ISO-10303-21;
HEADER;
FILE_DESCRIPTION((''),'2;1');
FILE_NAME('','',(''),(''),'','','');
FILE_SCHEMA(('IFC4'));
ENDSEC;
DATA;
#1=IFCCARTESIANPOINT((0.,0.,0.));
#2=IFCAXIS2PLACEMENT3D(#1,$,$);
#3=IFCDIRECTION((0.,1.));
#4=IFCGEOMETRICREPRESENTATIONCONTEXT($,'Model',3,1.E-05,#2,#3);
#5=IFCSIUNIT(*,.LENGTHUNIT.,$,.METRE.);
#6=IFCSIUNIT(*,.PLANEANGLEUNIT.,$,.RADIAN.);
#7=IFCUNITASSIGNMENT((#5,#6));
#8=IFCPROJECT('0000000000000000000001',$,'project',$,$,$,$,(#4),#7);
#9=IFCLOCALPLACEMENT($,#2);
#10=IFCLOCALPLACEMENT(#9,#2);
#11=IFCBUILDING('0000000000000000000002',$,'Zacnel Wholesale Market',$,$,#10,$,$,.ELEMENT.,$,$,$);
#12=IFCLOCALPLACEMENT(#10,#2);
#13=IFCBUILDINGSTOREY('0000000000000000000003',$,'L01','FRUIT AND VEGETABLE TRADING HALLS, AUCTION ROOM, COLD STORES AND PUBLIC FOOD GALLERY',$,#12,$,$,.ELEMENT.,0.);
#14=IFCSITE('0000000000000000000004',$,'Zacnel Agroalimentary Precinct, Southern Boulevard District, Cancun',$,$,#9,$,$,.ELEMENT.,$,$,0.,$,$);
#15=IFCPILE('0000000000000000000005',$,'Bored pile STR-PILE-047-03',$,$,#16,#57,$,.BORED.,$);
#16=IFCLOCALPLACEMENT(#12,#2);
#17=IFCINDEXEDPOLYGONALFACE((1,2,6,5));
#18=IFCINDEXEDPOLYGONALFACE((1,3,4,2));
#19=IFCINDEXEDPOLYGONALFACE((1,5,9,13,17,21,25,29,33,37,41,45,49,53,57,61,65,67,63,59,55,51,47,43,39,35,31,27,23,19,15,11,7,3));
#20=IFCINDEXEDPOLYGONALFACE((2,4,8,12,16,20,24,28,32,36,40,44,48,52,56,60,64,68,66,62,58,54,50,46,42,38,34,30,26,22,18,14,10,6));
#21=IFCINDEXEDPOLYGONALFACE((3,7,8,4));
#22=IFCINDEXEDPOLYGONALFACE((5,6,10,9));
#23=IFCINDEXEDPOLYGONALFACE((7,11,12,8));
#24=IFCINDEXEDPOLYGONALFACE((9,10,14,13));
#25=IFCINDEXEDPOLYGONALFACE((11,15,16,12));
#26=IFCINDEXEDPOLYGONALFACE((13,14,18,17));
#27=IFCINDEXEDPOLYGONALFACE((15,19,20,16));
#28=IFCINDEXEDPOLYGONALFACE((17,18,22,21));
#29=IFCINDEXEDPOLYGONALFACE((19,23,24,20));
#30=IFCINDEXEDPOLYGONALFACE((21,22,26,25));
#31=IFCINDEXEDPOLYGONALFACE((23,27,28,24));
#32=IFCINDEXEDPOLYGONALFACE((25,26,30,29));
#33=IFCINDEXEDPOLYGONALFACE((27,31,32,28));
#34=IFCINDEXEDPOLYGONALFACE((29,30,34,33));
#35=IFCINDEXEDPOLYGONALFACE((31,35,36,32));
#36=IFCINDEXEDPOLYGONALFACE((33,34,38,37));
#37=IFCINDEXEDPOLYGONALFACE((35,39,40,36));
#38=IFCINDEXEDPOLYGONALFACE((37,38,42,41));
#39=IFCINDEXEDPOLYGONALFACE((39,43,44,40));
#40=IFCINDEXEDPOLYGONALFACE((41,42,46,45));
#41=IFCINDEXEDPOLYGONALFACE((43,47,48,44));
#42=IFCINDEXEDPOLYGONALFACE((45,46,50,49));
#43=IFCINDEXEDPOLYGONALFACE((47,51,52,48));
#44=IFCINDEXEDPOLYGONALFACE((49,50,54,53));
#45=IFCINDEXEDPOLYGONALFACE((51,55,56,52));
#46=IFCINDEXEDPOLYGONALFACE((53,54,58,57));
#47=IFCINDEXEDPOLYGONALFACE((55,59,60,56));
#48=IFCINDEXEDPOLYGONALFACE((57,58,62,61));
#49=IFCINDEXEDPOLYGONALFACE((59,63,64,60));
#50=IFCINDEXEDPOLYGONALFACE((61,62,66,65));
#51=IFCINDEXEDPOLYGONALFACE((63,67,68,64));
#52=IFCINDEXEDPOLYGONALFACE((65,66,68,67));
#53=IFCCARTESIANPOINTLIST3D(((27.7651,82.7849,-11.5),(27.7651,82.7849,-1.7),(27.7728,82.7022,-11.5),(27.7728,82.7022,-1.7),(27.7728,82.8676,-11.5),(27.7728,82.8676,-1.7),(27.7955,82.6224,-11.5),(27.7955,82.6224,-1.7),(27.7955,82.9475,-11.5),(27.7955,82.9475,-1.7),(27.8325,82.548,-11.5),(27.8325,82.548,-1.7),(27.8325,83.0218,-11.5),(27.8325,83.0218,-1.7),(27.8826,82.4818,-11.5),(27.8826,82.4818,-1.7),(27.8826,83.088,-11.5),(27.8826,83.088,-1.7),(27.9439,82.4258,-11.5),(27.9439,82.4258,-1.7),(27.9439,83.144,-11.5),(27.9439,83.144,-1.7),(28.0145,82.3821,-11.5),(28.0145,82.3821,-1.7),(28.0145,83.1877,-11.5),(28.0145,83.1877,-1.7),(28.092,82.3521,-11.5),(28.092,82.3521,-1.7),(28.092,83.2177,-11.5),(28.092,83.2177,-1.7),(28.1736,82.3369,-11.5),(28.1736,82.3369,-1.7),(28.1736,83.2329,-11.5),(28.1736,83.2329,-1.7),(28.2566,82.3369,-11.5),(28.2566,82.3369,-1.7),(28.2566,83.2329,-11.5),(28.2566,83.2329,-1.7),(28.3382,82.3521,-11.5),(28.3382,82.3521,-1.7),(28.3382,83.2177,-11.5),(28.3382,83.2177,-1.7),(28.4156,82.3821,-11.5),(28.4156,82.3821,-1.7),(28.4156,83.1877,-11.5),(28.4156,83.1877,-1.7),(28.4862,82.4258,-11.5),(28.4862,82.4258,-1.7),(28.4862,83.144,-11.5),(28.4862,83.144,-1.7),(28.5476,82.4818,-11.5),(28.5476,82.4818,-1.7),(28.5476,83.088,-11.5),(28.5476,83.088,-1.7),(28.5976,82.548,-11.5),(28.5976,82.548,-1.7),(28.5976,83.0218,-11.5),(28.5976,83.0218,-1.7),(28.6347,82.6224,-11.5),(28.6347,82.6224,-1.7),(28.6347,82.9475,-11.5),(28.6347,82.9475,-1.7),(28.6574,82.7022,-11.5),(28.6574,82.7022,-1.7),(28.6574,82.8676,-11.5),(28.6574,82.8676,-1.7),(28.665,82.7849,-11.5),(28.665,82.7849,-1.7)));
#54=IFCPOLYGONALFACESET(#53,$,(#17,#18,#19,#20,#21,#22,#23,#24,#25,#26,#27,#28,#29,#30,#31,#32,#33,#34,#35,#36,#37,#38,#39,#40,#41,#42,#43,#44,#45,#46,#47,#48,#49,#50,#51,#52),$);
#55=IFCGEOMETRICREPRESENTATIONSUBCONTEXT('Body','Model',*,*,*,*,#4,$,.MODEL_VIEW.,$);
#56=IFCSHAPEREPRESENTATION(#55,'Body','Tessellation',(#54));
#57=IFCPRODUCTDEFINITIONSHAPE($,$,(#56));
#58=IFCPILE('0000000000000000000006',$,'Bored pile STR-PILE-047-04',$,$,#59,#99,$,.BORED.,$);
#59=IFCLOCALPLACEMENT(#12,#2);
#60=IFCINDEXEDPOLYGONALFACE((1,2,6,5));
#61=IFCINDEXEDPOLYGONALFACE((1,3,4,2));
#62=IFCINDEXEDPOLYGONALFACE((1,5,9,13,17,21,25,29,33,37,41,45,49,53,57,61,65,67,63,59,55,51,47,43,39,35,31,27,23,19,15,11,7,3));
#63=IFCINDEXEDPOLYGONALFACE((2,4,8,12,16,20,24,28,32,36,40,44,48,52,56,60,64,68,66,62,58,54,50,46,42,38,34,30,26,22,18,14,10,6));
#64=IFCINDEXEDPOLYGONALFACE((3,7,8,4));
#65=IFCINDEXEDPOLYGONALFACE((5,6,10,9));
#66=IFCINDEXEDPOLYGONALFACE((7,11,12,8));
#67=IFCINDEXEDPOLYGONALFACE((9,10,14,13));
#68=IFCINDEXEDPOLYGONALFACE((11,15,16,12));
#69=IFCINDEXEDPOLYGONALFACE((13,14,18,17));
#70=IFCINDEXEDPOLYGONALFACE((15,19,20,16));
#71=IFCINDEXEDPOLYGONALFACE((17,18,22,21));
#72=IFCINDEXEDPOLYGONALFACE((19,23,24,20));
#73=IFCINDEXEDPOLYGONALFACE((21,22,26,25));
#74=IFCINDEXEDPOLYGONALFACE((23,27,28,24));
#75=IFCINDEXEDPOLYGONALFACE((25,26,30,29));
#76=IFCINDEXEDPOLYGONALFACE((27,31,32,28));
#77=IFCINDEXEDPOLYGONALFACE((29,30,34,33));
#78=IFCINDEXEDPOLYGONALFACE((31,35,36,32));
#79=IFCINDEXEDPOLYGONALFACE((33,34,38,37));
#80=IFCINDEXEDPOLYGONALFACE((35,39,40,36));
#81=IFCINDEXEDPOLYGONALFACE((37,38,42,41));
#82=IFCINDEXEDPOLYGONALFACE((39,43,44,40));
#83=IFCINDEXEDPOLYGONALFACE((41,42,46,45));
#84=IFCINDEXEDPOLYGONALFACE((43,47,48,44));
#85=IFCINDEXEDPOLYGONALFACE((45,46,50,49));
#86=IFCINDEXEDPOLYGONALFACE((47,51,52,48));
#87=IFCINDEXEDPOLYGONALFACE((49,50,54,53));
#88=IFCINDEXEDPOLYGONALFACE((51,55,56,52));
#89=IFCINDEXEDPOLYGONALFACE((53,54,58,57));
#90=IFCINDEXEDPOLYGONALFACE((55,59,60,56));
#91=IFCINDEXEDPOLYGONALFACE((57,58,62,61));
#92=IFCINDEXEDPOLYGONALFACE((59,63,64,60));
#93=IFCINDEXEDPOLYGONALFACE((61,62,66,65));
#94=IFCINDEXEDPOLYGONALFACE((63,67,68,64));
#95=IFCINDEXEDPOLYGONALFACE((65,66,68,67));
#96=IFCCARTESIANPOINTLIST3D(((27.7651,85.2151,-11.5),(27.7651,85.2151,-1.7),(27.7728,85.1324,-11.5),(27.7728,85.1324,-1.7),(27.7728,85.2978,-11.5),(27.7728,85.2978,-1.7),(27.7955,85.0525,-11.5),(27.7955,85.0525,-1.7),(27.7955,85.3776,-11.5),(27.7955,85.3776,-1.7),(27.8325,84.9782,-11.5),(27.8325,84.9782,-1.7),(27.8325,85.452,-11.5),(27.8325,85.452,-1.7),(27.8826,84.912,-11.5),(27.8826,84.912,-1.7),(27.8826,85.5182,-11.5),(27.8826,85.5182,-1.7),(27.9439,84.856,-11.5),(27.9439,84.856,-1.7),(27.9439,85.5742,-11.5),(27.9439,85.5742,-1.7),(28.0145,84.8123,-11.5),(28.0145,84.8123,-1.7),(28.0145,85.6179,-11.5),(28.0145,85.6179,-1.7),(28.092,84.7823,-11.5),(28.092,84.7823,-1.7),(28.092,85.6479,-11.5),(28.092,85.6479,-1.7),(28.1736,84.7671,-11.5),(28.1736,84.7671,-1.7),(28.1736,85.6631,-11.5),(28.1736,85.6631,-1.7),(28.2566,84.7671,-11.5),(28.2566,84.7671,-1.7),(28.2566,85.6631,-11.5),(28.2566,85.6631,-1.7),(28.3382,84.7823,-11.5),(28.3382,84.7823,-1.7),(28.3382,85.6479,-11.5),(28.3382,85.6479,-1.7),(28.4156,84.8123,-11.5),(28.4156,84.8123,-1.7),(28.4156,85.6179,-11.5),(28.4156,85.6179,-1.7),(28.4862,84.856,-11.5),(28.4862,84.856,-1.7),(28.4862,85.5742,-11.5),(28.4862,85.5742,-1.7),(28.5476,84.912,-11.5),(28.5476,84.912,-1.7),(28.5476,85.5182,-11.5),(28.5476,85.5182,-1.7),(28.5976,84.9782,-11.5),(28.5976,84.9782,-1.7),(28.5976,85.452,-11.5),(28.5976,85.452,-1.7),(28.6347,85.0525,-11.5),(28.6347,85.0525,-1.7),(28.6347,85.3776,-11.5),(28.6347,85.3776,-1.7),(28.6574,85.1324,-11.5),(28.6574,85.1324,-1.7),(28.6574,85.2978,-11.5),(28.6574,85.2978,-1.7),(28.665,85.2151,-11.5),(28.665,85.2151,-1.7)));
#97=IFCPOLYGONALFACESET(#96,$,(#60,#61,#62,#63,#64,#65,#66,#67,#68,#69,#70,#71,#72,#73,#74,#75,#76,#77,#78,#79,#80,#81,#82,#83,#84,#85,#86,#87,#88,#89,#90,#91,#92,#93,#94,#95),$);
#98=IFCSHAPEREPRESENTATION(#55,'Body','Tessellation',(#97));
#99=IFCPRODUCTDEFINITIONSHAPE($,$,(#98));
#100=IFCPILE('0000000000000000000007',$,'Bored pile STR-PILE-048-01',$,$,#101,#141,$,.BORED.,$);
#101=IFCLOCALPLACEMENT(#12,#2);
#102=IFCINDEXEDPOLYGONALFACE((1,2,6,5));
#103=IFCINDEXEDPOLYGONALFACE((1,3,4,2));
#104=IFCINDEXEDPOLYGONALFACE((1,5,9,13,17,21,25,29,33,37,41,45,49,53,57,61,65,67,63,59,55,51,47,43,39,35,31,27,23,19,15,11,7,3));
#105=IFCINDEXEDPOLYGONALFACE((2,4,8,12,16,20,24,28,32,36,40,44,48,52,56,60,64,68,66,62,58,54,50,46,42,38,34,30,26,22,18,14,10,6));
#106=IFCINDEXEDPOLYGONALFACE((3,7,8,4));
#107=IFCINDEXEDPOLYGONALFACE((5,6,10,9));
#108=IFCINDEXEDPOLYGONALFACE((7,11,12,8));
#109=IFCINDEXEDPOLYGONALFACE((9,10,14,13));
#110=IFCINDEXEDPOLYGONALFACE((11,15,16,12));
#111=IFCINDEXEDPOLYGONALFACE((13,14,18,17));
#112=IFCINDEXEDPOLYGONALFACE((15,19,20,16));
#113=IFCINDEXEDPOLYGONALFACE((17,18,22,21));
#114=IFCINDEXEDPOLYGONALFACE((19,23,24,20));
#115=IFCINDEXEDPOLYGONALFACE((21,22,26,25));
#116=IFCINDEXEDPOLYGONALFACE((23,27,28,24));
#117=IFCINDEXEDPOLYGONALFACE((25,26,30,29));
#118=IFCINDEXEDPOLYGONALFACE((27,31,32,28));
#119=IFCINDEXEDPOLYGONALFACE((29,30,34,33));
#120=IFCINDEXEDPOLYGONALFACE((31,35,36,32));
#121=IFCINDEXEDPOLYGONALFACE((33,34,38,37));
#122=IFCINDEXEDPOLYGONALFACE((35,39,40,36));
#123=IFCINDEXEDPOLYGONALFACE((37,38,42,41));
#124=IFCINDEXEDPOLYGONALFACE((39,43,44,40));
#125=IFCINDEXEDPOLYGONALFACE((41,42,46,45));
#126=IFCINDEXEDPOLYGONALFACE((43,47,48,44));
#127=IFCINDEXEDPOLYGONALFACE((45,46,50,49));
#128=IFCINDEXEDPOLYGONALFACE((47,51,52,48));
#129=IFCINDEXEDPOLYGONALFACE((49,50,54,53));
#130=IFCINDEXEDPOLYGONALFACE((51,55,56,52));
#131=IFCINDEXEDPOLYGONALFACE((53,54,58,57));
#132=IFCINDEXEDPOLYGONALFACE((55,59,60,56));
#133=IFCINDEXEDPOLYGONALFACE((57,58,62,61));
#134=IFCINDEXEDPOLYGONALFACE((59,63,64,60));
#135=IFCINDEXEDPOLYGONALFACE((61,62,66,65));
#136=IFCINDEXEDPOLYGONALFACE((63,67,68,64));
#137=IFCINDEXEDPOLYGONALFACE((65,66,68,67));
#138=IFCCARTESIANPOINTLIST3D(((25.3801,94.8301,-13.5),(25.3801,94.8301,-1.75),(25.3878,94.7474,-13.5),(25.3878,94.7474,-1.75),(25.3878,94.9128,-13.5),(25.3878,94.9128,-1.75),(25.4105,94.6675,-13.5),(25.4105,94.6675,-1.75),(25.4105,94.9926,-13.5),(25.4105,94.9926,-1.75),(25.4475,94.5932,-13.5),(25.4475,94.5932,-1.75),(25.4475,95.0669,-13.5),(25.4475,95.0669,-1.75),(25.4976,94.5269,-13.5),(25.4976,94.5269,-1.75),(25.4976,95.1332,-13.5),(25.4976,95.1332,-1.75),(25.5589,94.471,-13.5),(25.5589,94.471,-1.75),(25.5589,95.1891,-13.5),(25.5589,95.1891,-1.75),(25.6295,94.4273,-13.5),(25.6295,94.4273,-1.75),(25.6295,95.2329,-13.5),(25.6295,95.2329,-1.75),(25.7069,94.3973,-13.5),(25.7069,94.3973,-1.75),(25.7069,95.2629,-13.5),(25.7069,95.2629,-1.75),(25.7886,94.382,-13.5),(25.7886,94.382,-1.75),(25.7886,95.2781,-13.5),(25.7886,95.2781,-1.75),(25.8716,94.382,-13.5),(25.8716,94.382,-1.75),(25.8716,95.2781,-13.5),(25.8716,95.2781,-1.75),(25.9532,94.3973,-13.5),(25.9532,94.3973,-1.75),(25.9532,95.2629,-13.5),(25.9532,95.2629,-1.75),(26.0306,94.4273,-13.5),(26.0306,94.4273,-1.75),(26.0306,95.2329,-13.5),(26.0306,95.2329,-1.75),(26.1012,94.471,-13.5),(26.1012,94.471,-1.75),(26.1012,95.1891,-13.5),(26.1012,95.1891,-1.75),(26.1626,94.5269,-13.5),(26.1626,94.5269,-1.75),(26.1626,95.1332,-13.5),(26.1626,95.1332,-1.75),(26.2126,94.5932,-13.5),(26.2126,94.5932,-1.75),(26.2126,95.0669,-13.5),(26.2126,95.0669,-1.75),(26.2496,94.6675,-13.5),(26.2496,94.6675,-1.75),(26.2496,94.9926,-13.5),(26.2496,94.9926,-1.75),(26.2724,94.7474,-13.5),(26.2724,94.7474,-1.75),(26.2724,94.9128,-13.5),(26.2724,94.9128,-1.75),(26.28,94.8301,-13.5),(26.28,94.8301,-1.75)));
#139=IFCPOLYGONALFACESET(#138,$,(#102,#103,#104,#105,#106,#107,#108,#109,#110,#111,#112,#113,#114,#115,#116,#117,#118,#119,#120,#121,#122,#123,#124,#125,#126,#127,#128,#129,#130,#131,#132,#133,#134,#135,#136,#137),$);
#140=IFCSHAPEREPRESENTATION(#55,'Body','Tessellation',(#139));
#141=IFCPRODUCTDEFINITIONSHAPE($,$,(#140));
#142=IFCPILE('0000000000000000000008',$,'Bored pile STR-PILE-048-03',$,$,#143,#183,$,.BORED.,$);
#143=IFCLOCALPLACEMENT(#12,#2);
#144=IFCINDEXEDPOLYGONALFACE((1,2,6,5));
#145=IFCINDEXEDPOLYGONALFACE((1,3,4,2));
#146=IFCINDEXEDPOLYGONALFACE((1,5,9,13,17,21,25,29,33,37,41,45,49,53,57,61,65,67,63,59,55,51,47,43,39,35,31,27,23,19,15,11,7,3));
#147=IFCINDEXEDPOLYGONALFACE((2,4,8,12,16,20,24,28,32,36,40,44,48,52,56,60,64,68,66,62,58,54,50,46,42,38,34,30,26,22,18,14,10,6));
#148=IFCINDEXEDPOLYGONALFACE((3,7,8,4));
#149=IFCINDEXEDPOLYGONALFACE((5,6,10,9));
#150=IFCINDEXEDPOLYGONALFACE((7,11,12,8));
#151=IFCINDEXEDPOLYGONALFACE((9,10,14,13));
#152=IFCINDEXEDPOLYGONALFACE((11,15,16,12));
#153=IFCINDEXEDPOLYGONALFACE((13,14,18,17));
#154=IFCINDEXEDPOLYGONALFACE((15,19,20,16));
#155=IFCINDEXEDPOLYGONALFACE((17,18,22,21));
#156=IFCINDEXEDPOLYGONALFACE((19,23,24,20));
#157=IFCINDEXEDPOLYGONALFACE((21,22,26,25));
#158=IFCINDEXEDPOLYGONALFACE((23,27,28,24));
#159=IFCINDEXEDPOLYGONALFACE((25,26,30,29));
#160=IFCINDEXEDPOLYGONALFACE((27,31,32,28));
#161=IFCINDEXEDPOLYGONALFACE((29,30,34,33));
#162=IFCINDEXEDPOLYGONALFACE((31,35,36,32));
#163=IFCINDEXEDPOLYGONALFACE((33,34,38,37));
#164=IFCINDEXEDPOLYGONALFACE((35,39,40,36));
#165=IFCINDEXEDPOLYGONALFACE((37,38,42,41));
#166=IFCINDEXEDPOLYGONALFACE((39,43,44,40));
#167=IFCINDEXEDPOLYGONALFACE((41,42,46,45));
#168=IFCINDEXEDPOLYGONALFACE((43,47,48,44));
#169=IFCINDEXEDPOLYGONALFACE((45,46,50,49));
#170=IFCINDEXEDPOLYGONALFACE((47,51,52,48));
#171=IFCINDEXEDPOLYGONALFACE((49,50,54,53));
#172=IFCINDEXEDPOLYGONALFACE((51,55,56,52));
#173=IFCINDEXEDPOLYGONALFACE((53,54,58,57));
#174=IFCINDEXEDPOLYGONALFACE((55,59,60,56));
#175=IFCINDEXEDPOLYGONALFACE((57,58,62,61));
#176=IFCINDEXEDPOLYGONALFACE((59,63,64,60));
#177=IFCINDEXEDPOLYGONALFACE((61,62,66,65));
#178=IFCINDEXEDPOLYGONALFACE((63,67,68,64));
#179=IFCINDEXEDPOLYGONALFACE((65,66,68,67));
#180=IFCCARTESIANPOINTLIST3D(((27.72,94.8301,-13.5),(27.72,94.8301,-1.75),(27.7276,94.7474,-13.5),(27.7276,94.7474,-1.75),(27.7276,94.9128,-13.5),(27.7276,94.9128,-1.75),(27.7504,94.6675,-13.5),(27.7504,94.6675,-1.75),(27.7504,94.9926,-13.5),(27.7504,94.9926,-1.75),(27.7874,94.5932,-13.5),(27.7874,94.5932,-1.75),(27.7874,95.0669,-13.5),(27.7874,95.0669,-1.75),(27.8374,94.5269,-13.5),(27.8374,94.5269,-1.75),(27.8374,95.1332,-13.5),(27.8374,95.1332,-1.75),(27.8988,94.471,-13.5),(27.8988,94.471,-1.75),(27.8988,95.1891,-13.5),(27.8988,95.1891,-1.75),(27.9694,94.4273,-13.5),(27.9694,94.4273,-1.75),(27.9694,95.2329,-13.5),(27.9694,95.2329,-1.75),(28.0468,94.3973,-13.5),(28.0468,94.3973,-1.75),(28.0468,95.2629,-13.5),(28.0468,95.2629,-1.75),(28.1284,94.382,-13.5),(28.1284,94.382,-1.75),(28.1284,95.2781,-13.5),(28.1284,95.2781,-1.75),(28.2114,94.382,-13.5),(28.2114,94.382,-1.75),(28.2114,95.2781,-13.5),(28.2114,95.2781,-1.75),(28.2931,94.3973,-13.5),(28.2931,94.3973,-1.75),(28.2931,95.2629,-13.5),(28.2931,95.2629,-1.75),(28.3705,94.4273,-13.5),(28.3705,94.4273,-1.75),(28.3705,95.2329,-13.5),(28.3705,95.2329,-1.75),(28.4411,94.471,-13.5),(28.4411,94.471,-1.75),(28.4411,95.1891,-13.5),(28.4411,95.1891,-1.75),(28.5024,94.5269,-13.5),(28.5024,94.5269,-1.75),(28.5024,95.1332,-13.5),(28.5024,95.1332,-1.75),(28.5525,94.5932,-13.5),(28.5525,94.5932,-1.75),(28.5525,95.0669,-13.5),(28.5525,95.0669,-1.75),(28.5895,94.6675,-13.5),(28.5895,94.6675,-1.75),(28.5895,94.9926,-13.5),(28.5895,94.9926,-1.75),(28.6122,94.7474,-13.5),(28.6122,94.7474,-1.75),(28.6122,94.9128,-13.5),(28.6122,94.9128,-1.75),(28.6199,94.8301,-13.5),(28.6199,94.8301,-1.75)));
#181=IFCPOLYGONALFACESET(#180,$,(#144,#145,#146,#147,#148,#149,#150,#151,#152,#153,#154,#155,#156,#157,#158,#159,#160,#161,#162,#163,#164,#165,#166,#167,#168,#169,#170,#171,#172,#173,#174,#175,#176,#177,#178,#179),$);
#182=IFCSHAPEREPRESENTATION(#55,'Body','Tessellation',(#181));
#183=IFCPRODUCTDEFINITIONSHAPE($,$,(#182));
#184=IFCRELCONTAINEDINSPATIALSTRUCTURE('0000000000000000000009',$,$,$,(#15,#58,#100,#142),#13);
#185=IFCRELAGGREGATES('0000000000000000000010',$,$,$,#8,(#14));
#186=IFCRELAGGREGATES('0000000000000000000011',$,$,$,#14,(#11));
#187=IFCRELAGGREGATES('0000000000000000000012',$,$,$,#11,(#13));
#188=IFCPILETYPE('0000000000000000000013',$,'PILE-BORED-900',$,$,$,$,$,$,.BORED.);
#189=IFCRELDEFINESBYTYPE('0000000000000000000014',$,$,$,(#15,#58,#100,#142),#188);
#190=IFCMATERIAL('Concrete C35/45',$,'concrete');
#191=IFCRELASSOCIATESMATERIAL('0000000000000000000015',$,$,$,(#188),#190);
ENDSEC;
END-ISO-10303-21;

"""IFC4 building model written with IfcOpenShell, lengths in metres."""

from ifc_helpers import new_model, si_unit, direction, frame, origin, origin_2d, place, context, subcontext, project, spatial, circle, extrude, material, material_profile, profile_set, type_object, element, save


model = new_model("IFC4")

# Units and contexts
model_context = context("Model", 3, precision=1e-05, world=origin(), true_north=direction((0.0, 1.0)))
body_context = subcontext(model_context, "Body", "Model", "MODEL_VIEW")
ifc_project = project(units=[si_unit("LENGTHUNIT", "METRE"), si_unit("PLANEANGLEUNIT", "RADIAN")], contexts=[model_context])

# Site, building, storey
site_placement = place(None, origin())
site = spatial("IfcSite", under=ifc_project, at=site_placement, Name="Zacnel Agroalimentary Precinct, Southern Boulevard District, Cancun", CompositionType="ELEMENT", RefElevation=0.0)
building_placement = place(site_placement, origin())
building = spatial("IfcBuilding", under=site, at=building_placement, Name="Zacnel Wholesale Market", CompositionType="ELEMENT")
storey_placement = place(building_placement, origin())
storey = spatial("IfcBuildingStorey", under=building, at=storey_placement, Name="L01", Description="FRUIT AND VEGETABLE TRADING HALLS, AUCTION ROOM, COLD STORES AND PUBLIC FOOD GALLERY", CompositionType="ELEMENT", Elevation=0.0)

# Piles
ifc_material_1 = material(Name="Concrete C35/45", Category="concrete")
ifc_material_profile_1 = material_profile(ifc_material_1, circle(Radius=0.45, at=origin_2d()), Name="BORED PILE D900")
ifc_profile_set_1 = profile_set([ifc_material_profile_1], Name="Concrete C35/45")
pile_type = type_object("IfcPileType", Name="PILE-BORED-900", PredefinedType="BORED", material=ifc_profile_set_1)
for number, where, z_axis, x_axis, name in (
    (1, (28.2151, 82.7849, -1.7), (0.0, 0.0, -1.0), (1.0, 0.0, 0.0), "Bored pile STR-PILE-047-03"),
    (2, (28.2151, 85.2151, -1.7), (0.0, 0.0, -1.0), (1.0, 0.0, 0.0), "Bored pile STR-PILE-047-04"),
):
    element("IfcPile", number, at=place(storey_placement, frame(where, z_axis=z_axis, x_axis=x_axis)), inside=storey, type_object=pile_type, Name=name, PredefinedType="BORED", context=body_context, shape_type="SweptSolid", body=[
        extrude(circle(Radius=0.45, at=origin_2d()), origin(), (0.0, 0.0, 1.0), 9.8),
    ])
for number, where, z_axis, x_axis, name in (
    (3, (25.8301, 94.8301, -1.75), (0.0, 0.0, -1.0), (1.0, 0.0, 0.0), "Bored pile STR-PILE-048-01"),
    (4, (28.1699, 94.8301, -1.75), (0.0, 0.0, -1.0), (1.0, 0.0, 0.0), "Bored pile STR-PILE-048-03"),
):
    element("IfcPile", number, at=place(storey_placement, frame(where, z_axis=z_axis, x_axis=x_axis)), inside=storey, type_object=pile_type, Name=name, PredefinedType="BORED", context=body_context, shape_type="SweptSolid", body=[
        extrude(circle(Radius=0.45, at=origin_2d()), origin(), (0.0, 0.0, 1.0), 11.75),
    ])

save(model, "model.ifc")
